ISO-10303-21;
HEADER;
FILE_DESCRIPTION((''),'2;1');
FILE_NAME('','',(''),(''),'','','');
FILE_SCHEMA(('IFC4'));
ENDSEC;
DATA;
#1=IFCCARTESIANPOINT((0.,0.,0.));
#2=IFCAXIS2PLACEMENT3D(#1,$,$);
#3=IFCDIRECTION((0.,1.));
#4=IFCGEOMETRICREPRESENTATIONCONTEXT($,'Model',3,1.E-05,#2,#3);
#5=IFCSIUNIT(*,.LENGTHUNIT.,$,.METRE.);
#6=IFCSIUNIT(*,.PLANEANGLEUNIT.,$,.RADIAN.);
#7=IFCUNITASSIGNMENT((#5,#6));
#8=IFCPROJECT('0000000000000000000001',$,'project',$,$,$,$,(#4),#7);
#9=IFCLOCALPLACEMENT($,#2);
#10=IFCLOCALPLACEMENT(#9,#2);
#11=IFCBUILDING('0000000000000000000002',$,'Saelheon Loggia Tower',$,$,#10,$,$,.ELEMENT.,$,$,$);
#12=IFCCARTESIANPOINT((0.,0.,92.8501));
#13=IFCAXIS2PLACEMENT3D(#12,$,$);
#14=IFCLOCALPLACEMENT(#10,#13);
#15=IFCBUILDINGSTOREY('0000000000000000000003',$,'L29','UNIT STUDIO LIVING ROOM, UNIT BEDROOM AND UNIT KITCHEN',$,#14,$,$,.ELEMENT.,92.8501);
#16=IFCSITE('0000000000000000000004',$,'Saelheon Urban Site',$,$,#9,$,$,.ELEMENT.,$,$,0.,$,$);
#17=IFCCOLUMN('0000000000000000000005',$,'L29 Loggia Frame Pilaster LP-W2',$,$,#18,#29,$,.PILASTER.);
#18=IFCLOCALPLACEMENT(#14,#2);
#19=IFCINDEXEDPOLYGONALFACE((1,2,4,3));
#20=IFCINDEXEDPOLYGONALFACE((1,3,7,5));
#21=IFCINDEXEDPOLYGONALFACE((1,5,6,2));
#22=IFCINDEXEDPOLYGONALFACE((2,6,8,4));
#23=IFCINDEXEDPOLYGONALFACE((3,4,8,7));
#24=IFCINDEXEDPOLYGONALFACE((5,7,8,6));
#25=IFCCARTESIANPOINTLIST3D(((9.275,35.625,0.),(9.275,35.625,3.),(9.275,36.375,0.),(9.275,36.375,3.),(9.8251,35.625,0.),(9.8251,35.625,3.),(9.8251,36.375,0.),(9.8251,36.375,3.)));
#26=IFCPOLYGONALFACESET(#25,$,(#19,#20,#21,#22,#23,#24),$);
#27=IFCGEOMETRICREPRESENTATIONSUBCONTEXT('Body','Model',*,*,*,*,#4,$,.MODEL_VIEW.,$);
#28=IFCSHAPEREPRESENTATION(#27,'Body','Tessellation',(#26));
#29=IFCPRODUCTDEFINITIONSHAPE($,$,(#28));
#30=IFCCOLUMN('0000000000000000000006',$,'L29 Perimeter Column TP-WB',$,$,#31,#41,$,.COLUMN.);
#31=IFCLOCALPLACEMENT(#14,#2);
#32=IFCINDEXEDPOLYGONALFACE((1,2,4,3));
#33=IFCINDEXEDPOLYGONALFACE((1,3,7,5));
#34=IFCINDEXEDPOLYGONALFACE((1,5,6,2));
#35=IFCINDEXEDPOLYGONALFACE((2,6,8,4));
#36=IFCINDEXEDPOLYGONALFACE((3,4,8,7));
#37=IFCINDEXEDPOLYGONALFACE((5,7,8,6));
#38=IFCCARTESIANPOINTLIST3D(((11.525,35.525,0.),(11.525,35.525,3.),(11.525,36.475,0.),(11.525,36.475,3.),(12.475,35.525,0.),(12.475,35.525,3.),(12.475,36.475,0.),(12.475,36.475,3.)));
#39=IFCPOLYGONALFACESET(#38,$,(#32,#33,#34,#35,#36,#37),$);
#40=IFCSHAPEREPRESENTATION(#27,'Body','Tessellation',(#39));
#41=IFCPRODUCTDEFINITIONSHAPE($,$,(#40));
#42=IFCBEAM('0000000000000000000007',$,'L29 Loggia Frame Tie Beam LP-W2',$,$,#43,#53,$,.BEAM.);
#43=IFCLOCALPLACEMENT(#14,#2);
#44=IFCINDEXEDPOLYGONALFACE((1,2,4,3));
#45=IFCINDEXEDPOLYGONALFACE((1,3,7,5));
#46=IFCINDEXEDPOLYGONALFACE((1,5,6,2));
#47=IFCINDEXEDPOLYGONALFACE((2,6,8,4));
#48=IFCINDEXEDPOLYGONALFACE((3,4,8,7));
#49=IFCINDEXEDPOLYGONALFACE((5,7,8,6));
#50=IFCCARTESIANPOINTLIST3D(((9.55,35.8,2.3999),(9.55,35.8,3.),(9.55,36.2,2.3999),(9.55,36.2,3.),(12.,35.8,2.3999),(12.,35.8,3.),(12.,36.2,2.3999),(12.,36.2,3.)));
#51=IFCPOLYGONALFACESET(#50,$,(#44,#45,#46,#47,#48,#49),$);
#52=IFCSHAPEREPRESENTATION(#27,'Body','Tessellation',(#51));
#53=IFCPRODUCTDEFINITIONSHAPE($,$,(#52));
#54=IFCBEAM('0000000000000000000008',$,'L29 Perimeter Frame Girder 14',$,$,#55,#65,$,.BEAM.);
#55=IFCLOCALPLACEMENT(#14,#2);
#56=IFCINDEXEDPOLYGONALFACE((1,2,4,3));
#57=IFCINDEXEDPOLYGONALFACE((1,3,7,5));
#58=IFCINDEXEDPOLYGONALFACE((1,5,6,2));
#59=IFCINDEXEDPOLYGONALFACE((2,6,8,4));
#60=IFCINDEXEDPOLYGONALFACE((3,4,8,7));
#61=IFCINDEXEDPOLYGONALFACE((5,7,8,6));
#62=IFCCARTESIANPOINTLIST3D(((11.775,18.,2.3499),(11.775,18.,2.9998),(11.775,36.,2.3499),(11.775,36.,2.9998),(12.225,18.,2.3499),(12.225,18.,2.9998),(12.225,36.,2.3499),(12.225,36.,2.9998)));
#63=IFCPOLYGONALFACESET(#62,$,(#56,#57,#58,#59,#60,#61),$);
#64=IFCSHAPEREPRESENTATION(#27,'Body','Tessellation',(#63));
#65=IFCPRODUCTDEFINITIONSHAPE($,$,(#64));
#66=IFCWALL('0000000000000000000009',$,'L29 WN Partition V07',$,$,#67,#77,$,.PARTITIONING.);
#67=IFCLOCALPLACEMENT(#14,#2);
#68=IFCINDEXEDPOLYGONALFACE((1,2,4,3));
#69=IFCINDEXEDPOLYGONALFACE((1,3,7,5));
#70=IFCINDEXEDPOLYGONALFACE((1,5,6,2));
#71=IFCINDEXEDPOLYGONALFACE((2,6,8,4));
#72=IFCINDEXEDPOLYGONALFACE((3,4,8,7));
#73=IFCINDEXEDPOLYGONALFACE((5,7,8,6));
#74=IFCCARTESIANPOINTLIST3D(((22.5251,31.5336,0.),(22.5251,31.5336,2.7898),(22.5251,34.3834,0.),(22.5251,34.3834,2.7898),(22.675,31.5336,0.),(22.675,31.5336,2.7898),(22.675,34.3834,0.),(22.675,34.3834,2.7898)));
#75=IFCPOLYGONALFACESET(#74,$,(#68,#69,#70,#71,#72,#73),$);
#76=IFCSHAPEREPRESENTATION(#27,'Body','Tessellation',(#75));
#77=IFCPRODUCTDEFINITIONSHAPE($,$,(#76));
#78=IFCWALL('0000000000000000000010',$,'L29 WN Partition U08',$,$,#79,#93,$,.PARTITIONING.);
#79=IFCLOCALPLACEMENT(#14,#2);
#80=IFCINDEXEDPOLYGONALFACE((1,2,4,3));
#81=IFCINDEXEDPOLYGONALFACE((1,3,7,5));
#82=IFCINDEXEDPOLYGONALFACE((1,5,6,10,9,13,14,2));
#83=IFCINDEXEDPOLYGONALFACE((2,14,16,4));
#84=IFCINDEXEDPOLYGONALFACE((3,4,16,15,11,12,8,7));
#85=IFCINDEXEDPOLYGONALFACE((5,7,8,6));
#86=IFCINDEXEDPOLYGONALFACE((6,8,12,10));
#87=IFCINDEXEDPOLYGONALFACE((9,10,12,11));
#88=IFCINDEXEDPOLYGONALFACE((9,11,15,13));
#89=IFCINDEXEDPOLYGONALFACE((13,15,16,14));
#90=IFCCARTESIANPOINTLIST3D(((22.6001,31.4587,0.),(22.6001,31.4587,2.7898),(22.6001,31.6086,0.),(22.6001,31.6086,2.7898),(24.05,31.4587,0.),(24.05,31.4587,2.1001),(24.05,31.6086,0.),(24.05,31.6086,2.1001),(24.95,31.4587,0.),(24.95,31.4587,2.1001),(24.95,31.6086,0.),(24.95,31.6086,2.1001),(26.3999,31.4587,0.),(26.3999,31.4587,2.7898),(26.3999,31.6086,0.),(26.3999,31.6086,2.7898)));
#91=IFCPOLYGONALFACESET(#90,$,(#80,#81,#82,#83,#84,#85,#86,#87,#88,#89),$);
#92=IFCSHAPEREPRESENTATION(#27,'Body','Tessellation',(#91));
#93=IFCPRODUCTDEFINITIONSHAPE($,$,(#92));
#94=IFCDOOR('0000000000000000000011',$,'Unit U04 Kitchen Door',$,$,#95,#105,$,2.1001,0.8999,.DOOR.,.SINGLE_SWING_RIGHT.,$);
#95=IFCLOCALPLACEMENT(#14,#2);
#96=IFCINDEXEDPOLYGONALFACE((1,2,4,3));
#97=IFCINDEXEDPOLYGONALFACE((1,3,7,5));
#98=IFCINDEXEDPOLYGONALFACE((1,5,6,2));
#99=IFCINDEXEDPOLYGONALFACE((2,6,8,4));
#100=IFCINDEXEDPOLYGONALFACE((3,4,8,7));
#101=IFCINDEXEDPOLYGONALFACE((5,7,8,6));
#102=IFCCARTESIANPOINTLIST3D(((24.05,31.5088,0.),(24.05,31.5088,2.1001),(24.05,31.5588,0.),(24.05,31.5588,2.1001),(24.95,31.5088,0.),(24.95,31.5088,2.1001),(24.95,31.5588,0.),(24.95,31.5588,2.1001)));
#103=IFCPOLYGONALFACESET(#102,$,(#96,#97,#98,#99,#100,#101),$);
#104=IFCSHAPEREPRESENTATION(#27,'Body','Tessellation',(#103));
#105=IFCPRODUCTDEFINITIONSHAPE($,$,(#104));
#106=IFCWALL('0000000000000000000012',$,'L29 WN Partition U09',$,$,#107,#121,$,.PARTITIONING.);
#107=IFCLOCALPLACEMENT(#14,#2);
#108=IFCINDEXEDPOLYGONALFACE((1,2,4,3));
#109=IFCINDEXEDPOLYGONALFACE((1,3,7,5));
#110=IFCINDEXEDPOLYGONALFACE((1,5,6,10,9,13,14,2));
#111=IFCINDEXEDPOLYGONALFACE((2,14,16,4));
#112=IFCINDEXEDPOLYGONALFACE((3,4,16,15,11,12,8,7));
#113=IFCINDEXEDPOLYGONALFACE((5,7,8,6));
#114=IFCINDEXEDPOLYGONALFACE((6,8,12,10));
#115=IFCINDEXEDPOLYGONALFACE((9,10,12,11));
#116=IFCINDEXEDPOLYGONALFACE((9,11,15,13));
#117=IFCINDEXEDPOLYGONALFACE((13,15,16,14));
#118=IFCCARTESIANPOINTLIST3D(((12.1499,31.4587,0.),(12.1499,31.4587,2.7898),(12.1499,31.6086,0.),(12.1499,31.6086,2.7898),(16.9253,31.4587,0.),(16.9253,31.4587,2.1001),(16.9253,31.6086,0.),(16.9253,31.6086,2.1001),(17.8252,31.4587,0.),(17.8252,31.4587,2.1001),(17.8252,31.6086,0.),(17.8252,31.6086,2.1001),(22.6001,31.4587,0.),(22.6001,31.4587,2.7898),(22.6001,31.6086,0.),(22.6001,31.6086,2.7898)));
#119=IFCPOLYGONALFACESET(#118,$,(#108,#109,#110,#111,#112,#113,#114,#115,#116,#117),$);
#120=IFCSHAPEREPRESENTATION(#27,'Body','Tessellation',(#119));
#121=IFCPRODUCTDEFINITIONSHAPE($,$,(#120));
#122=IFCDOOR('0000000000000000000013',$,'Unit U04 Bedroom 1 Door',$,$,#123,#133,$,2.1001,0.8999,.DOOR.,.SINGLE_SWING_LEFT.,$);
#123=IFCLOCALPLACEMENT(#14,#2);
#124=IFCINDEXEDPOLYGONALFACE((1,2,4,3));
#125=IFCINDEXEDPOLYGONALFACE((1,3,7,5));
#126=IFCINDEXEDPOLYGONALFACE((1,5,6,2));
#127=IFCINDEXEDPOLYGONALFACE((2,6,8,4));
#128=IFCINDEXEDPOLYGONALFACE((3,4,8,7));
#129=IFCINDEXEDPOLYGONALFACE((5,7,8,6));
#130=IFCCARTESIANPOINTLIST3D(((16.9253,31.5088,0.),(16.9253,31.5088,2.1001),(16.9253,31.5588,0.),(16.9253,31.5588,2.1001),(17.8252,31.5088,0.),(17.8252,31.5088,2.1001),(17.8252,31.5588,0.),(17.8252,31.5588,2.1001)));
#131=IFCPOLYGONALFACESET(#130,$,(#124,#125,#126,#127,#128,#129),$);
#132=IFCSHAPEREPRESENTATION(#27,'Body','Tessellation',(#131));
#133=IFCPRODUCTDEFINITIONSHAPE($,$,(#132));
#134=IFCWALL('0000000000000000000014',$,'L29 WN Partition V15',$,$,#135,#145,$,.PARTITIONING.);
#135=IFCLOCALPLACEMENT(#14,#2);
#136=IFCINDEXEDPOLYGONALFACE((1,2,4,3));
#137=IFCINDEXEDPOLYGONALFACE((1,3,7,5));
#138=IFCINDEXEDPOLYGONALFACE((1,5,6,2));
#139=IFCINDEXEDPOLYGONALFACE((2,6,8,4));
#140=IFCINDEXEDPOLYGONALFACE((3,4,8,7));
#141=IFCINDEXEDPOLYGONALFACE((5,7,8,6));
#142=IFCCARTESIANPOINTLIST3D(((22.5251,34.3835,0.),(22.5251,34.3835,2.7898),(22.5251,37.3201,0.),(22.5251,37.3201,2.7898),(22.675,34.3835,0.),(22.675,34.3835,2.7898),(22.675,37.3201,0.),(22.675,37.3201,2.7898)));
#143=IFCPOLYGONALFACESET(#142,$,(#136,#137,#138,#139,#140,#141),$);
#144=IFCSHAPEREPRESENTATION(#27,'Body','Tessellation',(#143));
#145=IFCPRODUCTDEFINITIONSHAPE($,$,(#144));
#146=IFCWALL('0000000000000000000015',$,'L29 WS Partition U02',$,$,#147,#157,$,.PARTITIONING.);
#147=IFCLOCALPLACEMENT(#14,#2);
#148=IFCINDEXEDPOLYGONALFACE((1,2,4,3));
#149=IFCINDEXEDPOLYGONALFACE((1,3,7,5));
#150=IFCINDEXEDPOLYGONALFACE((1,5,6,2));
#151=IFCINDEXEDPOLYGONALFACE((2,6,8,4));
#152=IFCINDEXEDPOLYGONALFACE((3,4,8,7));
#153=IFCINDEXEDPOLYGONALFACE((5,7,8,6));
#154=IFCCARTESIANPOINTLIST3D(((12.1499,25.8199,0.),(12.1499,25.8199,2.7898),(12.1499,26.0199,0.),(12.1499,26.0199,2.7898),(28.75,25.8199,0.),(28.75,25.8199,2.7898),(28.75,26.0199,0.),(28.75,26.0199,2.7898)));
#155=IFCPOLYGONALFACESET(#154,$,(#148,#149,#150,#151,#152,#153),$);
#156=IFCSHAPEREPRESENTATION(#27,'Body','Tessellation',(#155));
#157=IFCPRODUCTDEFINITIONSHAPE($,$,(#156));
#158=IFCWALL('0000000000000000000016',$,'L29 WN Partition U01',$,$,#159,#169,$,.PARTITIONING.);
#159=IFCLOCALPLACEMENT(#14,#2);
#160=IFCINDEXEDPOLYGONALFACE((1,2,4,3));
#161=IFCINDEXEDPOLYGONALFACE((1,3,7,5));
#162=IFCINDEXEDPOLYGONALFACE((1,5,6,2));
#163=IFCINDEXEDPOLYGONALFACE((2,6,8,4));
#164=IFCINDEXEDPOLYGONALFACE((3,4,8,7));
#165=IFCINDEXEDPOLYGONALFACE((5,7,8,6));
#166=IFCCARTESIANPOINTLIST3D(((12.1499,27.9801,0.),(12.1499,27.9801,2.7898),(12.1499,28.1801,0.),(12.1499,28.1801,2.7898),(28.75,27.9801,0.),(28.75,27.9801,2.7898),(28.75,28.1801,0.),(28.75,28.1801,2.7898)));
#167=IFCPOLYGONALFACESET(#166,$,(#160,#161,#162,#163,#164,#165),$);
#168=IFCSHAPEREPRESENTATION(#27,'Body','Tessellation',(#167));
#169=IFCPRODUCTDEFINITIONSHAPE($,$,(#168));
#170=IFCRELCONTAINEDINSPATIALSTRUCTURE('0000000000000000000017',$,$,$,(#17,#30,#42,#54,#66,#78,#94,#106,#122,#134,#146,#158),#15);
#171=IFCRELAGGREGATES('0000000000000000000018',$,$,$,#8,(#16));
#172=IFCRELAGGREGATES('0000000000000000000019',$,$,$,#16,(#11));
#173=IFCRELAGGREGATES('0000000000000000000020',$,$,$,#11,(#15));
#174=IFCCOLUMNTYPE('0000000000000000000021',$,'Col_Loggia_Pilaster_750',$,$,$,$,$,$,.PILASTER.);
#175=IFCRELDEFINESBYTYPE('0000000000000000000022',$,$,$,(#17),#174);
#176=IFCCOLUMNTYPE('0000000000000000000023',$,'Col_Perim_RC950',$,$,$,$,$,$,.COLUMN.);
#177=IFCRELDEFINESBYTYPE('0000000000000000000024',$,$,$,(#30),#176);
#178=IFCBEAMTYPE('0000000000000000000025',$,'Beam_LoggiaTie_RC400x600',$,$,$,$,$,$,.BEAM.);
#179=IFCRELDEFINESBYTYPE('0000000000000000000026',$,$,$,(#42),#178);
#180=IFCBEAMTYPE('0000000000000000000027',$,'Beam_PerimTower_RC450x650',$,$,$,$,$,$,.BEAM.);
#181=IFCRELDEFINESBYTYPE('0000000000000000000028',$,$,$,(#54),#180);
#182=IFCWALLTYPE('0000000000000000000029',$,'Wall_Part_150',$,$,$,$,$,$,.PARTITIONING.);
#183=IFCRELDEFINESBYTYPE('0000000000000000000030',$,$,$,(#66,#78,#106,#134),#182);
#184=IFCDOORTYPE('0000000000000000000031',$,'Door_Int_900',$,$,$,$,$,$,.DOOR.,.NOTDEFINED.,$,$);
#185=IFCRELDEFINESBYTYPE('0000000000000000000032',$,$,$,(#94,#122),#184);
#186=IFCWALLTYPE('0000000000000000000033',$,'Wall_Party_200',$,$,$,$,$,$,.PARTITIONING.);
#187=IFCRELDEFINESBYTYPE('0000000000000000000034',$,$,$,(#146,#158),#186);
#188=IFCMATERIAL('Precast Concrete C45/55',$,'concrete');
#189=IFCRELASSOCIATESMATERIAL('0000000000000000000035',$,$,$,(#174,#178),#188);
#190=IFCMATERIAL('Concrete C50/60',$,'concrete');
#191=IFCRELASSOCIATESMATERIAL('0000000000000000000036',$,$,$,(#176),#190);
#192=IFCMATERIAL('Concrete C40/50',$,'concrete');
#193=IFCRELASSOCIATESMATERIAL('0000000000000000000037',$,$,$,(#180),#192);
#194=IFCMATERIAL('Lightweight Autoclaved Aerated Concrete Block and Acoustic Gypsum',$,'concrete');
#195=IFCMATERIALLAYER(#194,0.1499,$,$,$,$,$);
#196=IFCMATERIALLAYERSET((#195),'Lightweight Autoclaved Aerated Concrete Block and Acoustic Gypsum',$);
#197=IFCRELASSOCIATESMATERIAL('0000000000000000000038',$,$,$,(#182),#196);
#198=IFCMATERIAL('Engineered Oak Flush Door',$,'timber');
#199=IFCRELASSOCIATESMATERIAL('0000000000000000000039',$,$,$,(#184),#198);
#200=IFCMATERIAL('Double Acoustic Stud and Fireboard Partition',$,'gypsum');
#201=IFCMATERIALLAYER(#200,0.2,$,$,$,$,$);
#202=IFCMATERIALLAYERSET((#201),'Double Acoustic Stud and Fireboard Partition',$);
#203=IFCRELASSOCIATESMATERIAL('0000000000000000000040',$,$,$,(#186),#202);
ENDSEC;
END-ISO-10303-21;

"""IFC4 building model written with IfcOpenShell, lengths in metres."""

from ifc_helpers import new_model, si_unit, direction, frame, frame_2d, origin, origin_2d, place, context, subcontext, project, spatial, rectangle, extrude, source, transform, mapped, material, layer, layer_set, material_profile, profile_set, type_object, element, fill, save


model = new_model("IFC4")

# Units and contexts
model_context = context("Model", 3, precision=1e-05, world=origin(), true_north=direction((0.0, 1.0)))
body_context = subcontext(model_context, "Body", "Model", "MODEL_VIEW")
ifc_project = project(units=[si_unit("LENGTHUNIT", "METRE"), si_unit("PLANEANGLEUNIT", "RADIAN")], contexts=[model_context])

# Site, building, storey
site_placement = place(None, origin())
site = spatial("IfcSite", under=ifc_project, at=site_placement, Name="Saelheon Urban Site", CompositionType="ELEMENT", RefElevation=0.0)
building_placement = place(site_placement, origin())
building = spatial("IfcBuilding", under=site, at=building_placement, Name="Saelheon Loggia Tower", CompositionType="ELEMENT")
storey_placement = place(building_placement, frame((0.0, 0.0, 92.8501)))
storey = spatial("IfcBuildingStorey", under=building, at=storey_placement, Name="L29", Description="UNIT STUDIO LIVING ROOM, UNIT BEDROOM AND UNIT KITCHEN", CompositionType="ELEMENT", Elevation=92.8501)

# Columns
ifc_material_1 = material(Name="Precast Concrete C45/55", Category="concrete")
ifc_material_profile_1 = material_profile(ifc_material_1, rectangle(XDim=0.55, YDim=0.75, at=origin_2d()), Name="RC-550x750")
ifc_profile_set_1 = profile_set([ifc_material_profile_1], Name="Precast Concrete C45/55")
column_type_1 = type_object("IfcColumnType", Name="Col_Loggia_Pilaster_750", PredefinedType="PILASTER", material=ifc_profile_set_1)
shared_shape_1 = source(origin(), body_context, "Body", "SweptSolid", [
    extrude(rectangle(XDim=0.55, YDim=0.75, at=origin_2d()), origin(), (0.0, 0.0, 1.0), 3.0),
])
column_1_placement = place(storey_placement, frame((9.55, 36.0, 0.0), z_axis=(0.0, 0.0, 1.0), x_axis=(1.0, 0.0, 0.0)))
element("IfcColumn", 1, at=column_1_placement, inside=storey, type_object=column_type_1, Name="L29 Loggia Frame Pilaster LP-W2", PredefinedType="PILASTER", context=body_context, shape_type="MappedRepresentation", body=[
    mapped(shared_shape_1, transform((0.0, 0.0, 0.0), scale=1.0)),
])
ifc_material_2 = material(Name="Concrete C50/60", Category="concrete")
ifc_material_profile_2 = material_profile(ifc_material_2, rectangle(XDim=0.95, YDim=0.95, at=origin_2d()), Name="RC-950x950")
ifc_profile_set_2 = profile_set([ifc_material_profile_2], Name="Concrete C50/60")
column_type_2 = type_object("IfcColumnType", Name="Col_Perim_RC950", PredefinedType="COLUMN", material=ifc_profile_set_2)
shared_shape_2 = source(origin(), body_context, "Body", "SweptSolid", [
    extrude(rectangle(XDim=0.95, YDim=0.95, at=origin_2d()), origin(), (0.0, 0.0, 1.0), 3.0),
])
column_2_placement = place(storey_placement, frame((12.0, 36.0, 0.0), z_axis=(0.0, 0.0, 1.0), x_axis=(1.0, 0.0, 0.0)))
element("IfcColumn", 2, at=column_2_placement, inside=storey, type_object=column_type_2, Name="L29 Perimeter Column TP-WB", PredefinedType="COLUMN", context=body_context, shape_type="MappedRepresentation", body=[
    mapped(shared_shape_2, transform((0.0, 0.0, 0.0), scale=1.0)),
])

# Beams
ifc_material_profile_3 = material_profile(ifc_material_1, rectangle(XDim=0.3999, YDim=0.6001, at=origin_2d()), Name="RC-400x600")
ifc_profile_set_3 = profile_set([ifc_material_profile_3], Name="Precast Concrete C45/55")
beam_type_1 = type_object("IfcBeamType", Name="Beam_LoggiaTie_RC400x600", PredefinedType="BEAM", material=ifc_profile_set_3)
shared_shape_3 = source(origin(), body_context, "Body", "SweptSolid", [
    extrude(rectangle(XDim=0.3999, YDim=0.6001, at=origin_2d()), origin(), (0.0, 0.0, 1.0), 2.45),
])
beam_1_placement = place(storey_placement, frame((12.0, 36.0, 2.7), z_axis=(-1.0, 0.0, 0.0), x_axis=(0.0, -1.0, 0.0)))
element("IfcBeam", 3, at=beam_1_placement, inside=storey, type_object=beam_type_1, Name="L29 Loggia Frame Tie Beam LP-W2", PredefinedType="BEAM", context=body_context, shape_type="MappedRepresentation", body=[
    mapped(shared_shape_3, transform((0.0, 0.0, 0.0), scale=1.0)),
])
ifc_material_3 = material(Name="Concrete C40/50", Category="concrete")
ifc_material_profile_4 = material_profile(ifc_material_3, rectangle(XDim=0.45, YDim=0.6499, at=origin_2d()), Name="RC-450x650")
ifc_profile_set_4 = profile_set([ifc_material_profile_4], Name="Concrete C40/50")
beam_type_2 = type_object("IfcBeamType", Name="Beam_PerimTower_RC450x650", PredefinedType="BEAM", material=ifc_profile_set_4)
shared_shape_4 = source(origin(), body_context, "Body", "SweptSolid", [
    extrude(rectangle(XDim=0.45, YDim=0.6499, at=origin_2d()), origin(), (0.0, 0.0, 1.0), 18.0),
])
beam_2_placement = place(storey_placement, frame((12.0, 36.0, 2.6748), z_axis=(0.0, -1.0, 0.0), x_axis=(1.0, 0.0, 0.0)))
element("IfcBeam", 4, at=beam_2_placement, inside=storey, type_object=beam_type_2, Name="L29 Perimeter Frame Girder 14", PredefinedType="BEAM", context=body_context, shape_type="MappedRepresentation", body=[
    mapped(shared_shape_4, transform((0.0, 0.0, 0.0), scale=1.0)),
])

# Wall
ifc_material_4 = material(Name="Lightweight Autoclaved Aerated Concrete Block and Acoustic Gypsum", Category="concrete")
ifc_layer_1 = layer(ifc_material_4, 0.1499)
ifc_layer_set_1 = layer_set([ifc_layer_1], Name="Lightweight Autoclaved Aerated Concrete Block and Acoustic Gypsum")
wall_type_1 = type_object("IfcWallType", Name="Wall_Part_150", PredefinedType="PARTITIONING", material=ifc_layer_set_1)
wall_1_placement = place(storey_placement, frame((22.6001, 31.5337, 0.0), z_axis=(0.0, 0.0, 1.0), x_axis=(0.0, 1.0, 0.0)))
element("IfcWall", 5, at=wall_1_placement, inside=storey, type_object=wall_type_1, Name="L29 WN Partition V07", PredefinedType="PARTITIONING", context=body_context, shape_type="SweptSolid", body=[
    extrude(rectangle(XDim=2.8499, YDim=0.1499, at=frame_2d((1.4248, 0.0))), origin(), (0.0, 0.0, 1.0), 2.7898),
])

# Walls, openings, doors
wall_2_placement = place(storey_placement, frame((26.3999, 31.5337, 0.0), z_axis=(0.0, 0.0, 1.0), x_axis=(-1.0, 0.0, 0.0)))
wall_2 = element("IfcWall", 6, at=wall_2_placement, inside=storey, type_object=wall_type_1, Name="L29 WN Partition U08", PredefinedType="PARTITIONING", context=body_context, shape_type="SweptSolid", body=[
    extrude(rectangle(XDim=3.7998, YDim=0.1499, at=frame_2d((1.8999, 0.0))), origin(), (0.0, 0.0, 1.0), 2.7898),
])
opening_1_placement = place(wall_2_placement, frame((1.45, 0.0, 0.0)))
opening_1 = element("IfcOpeningElement", 7, at=opening_1_placement, cuts=wall_2, PredefinedType="OPENING", context=body_context, shape_type="SweptSolid", body=[
    extrude(rectangle(XDim=0.8999, YDim=2.1001, at=frame_2d((0.45, 1.05))), frame((0.0, 0.0869, 0.0), z_axis=(0.0, -1.0, 0.0), x_axis=(1.0, 0.0, 0.0)), (0.0, 0.0, 1.0), 0.1738),
])
ifc_material_5 = material(Name="Engineered Oak Flush Door", Category="timber")
door_type_1 = type_object("IfcDoorType", Name="Door_Int_900", OperationType="NOTDEFINED", PredefinedType="DOOR", material=ifc_material_5)
shared_shape_5 = source(origin(), body_context, "Body", "SweptSolid", [
    extrude(rectangle(XDim=0.8999, YDim=2.1001, at=frame_2d((0.45, 1.05))), frame((0.0, 0.0249, 0.0), z_axis=(0.0, -1.0, 0.0), x_axis=(1.0, 0.0, 0.0)), (0.0, 0.0, 1.0), 0.05),
])
door_1_placement = place(opening_1_placement, origin())
door_1 = element("IfcDoor", 8, at=door_1_placement, inside=storey, type_object=door_type_1, Name="Unit U04 Kitchen Door", OperationType="SINGLE_SWING_RIGHT", OverallHeight=2.1001, OverallWidth=0.8999, PredefinedType="DOOR", context=body_context, shape_type="MappedRepresentation", body=[
    mapped(shared_shape_5, transform((0.0, 0.0, 0.0), scale=1.0)),
])
fill(opening_1, door_1)
wall_3_placement = place(storey_placement, frame((22.6001, 31.5337, 0.0), z_axis=(0.0, 0.0, 1.0), x_axis=(-1.0, 0.0, 0.0)))
wall_3 = element("IfcWall", 9, at=wall_3_placement, inside=storey, type_object=wall_type_1, Name="L29 WN Partition U09", PredefinedType="PARTITIONING", context=body_context, shape_type="SweptSolid", body=[
    extrude(rectangle(XDim=10.4502, YDim=0.1499, at=frame_2d((5.2251, 0.0))), origin(), (0.0, 0.0, 1.0), 2.7898),
])
opening_2_placement = place(wall_3_placement, frame((4.7749, 0.0, 0.0)))
opening_2 = element("IfcOpeningElement", 10, at=opening_2_placement, cuts=wall_3, PredefinedType="OPENING", context=body_context, shape_type="SweptSolid", body=[
    extrude(rectangle(XDim=0.8999, YDim=2.1001, at=frame_2d((0.45, 1.05))), frame((0.0, 0.0869, 0.0), z_axis=(0.0, -1.0, 0.0), x_axis=(1.0, 0.0, 0.0)), (0.0, 0.0, 1.0), 0.1738),
])
door_2_placement = place(opening_2_placement, origin())
door_2 = element("IfcDoor", 11, at=door_2_placement, inside=storey, type_object=door_type_1, Name="Unit U04 Bedroom 1 Door", OperationType="SINGLE_SWING_LEFT", OverallHeight=2.1001, OverallWidth=0.8999, PredefinedType="DOOR", context=body_context, shape_type="MappedRepresentation", body=[
    mapped(shared_shape_5, transform((0.0, 0.0, 0.0), scale=1.0)),
])
fill(opening_2, door_2)

# Walls
wall_4_placement = place(storey_placement, frame((22.6001, 34.3835, 0.0), z_axis=(0.0, 0.0, 1.0), x_axis=(0.0, 1.0, 0.0)))
element("IfcWall", 12, at=wall_4_placement, inside=storey, type_object=wall_type_1, Name="L29 WN Partition V15", PredefinedType="PARTITIONING", context=body_context, shape_type="SweptSolid", body=[
    extrude(rectangle(XDim=2.9365, YDim=0.1499, at=frame_2d((1.4683, 0.0))), origin(), (0.0, 0.0, 1.0), 2.7898),
])
ifc_material_6 = material(Name="Double Acoustic Stud and Fireboard Partition", Category="gypsum")
ifc_layer_2 = layer(ifc_material_6, 0.2)
ifc_layer_set_2 = layer_set([ifc_layer_2], Name="Double Acoustic Stud and Fireboard Partition")
wall_type_2 = type_object("IfcWallType", Name="Wall_Party_200", PredefinedType="PARTITIONING", material=ifc_layer_set_2)
wall_5_placement = place(storey_placement, frame((28.75, 25.9199, 0.0), z_axis=(0.0, 0.0, 1.0), x_axis=(-1.0, 0.0, 0.0)))
element("IfcWall", 13, at=wall_5_placement, inside=storey, type_object=wall_type_2, Name="L29 WS Partition U02", PredefinedType="PARTITIONING", context=body_context, shape_type="SweptSolid", body=[
    extrude(rectangle(XDim=16.6001, YDim=0.2, at=frame_2d((8.3, 0.0))), origin(), (0.0, 0.0, 1.0), 2.7898),
])

# Wall
wall_6_placement = place(storey_placement, frame((28.75, 28.0801, 0.0), z_axis=(0.0, 0.0, 1.0), x_axis=(-1.0, 0.0, 0.0)))
element("IfcWall", 14, at=wall_6_placement, inside=storey, type_object=wall_type_2, Name="L29 WN Partition U01", PredefinedType="PARTITIONING", context=body_context, shape_type="SweptSolid", body=[
    extrude(rectangle(XDim=16.6001, YDim=0.2, at=frame_2d((8.3, 0.0))), origin(), (0.0, 0.0, 1.0), 2.7898),
])

save(model, "model.ifc")
